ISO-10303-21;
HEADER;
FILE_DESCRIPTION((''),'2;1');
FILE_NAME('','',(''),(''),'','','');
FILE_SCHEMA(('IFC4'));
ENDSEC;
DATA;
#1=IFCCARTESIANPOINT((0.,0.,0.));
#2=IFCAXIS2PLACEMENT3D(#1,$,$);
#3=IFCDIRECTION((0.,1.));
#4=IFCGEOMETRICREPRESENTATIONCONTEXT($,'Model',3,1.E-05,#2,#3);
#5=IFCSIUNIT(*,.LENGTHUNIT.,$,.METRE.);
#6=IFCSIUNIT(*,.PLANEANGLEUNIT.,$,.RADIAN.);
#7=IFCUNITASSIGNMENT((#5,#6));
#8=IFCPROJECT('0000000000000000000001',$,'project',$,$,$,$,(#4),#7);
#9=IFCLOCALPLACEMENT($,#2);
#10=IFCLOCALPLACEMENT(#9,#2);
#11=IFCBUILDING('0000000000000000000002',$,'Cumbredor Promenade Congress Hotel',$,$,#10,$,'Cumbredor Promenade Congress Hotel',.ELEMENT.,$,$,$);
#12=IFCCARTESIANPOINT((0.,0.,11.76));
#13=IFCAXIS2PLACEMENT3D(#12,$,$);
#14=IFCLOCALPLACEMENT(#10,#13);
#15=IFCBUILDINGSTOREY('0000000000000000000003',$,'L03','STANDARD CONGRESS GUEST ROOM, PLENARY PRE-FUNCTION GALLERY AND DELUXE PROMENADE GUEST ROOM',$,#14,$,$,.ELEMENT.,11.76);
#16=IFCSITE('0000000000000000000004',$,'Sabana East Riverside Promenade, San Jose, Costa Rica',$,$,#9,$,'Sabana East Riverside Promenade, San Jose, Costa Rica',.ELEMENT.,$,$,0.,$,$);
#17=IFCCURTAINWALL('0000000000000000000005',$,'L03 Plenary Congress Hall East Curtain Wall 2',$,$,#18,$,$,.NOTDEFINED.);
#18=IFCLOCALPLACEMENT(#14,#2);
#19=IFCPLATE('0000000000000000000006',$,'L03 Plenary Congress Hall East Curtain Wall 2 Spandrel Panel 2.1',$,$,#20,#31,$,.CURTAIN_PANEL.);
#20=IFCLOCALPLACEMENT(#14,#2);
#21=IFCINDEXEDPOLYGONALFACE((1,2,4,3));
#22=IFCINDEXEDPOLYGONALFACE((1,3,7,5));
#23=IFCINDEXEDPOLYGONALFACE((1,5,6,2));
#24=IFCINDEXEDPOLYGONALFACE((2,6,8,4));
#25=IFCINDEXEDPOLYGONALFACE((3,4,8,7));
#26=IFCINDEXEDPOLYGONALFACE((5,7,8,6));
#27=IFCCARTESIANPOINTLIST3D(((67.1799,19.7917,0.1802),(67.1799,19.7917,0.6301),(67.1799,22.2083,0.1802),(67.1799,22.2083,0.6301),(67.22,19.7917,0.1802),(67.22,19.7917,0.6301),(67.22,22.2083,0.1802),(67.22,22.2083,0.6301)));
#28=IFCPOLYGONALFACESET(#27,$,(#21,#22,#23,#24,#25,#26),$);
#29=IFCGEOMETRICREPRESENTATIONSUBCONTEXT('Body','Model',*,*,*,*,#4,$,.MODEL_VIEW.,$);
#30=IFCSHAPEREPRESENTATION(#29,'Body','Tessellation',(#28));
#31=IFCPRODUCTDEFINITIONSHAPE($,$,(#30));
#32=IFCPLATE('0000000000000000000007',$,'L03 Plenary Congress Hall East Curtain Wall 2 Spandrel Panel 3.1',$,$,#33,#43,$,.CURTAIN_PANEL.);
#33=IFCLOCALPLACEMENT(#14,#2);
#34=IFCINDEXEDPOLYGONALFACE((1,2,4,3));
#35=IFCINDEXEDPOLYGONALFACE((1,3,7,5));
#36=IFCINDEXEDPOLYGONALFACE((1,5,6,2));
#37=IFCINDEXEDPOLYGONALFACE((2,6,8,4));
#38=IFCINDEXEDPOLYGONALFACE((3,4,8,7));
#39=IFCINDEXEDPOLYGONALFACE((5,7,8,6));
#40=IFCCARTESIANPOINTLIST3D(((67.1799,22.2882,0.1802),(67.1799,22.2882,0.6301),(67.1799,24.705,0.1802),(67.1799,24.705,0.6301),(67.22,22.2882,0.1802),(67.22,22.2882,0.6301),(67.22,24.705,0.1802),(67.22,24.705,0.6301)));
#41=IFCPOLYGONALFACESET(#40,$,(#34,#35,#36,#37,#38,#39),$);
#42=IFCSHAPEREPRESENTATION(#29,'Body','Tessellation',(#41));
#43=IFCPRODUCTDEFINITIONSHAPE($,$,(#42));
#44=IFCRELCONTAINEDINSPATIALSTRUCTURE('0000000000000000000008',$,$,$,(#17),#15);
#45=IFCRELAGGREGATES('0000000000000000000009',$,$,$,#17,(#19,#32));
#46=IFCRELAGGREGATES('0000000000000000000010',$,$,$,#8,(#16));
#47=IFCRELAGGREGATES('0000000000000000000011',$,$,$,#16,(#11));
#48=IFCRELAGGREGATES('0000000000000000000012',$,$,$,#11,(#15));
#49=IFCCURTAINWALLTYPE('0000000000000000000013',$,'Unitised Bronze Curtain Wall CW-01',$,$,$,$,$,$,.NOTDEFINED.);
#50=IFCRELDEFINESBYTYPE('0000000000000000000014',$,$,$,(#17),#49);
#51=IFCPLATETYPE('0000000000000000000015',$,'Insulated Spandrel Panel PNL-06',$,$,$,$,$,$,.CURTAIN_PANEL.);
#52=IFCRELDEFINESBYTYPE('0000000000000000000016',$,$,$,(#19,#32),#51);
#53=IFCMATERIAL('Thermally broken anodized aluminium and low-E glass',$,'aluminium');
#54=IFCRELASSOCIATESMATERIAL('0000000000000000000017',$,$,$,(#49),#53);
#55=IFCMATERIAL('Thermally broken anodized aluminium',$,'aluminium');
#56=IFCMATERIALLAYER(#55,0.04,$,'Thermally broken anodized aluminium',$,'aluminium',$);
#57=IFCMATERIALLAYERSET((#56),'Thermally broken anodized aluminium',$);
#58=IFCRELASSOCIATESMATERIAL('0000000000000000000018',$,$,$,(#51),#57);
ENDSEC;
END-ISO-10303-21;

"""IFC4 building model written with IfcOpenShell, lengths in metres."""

from ifc_helpers import new_model, si_unit, direction, frame, origin, origin_2d, place, context, subcontext, project, spatial, rectangle, extrude, material, layer, layer_set, type_object, element, aggregate, save


model = new_model("IFC4")

# Units and contexts
model_context = context("Model", 3, precision=1e-05, world=origin(), true_north=direction((0.0, 1.0)))
body_context = subcontext(model_context, "Body", "Model", "MODEL_VIEW")
ifc_project = project(units=[si_unit("LENGTHUNIT", "METRE"), si_unit("PLANEANGLEUNIT", "RADIAN")], contexts=[model_context])

# Site, building, storey
site_placement = place(None, origin())
site = spatial("IfcSite", under=ifc_project, at=site_placement, Name="Sabana East Riverside Promenade, San Jose, Costa Rica", LongName="Sabana East Riverside Promenade, San Jose, Costa Rica", CompositionType="ELEMENT", RefElevation=0.0)
building_placement = place(site_placement, origin())
building = spatial("IfcBuilding", under=site, at=building_placement, Name="Cumbredor Promenade Congress Hotel", LongName="Cumbredor Promenade Congress Hotel", CompositionType="ELEMENT")
storey_placement = place(building_placement, frame((0.0, 0.0, 11.76)))
storey = spatial("IfcBuildingStorey", under=building, at=storey_placement, Name="L03", Description="STANDARD CONGRESS GUEST ROOM, PLENARY PRE-FUNCTION GALLERY AND DELUXE PROMENADE GUEST ROOM", CompositionType="ELEMENT", Elevation=11.76)

# Curtain wall
ifc_material_1 = material(Name="Thermally broken anodized aluminium and low-E glass", Category="aluminium")
curtain_wall_type = type_object("IfcCurtainWallType", Name="Unitised Bronze Curtain Wall CW-01", PredefinedType="NOTDEFINED", material=ifc_material_1)
ifc_material_2 = material(Name="Thermally broken anodized aluminium", Category="aluminium")
curtain_wall_1_placement = place(storey_placement, origin())
curtain_wall_1 = element("IfcCurtainWall", 1, at=curtain_wall_1_placement, inside=storey, type_object=curtain_wall_type, Name="L03 Plenary Congress Hall East Curtain Wall 2", PredefinedType="NOTDEFINED")

# Plates
ifc_layer_1 = layer(ifc_material_2, 0.04, Name="Thermally broken anodized aluminium", Category="aluminium")
ifc_layer_set_1 = layer_set([ifc_layer_1], Name="Thermally broken anodized aluminium")
plate_type_1 = type_object("IfcPlateType", Name="Insulated Spandrel Panel PNL-06", PredefinedType="CURTAIN_PANEL", material=ifc_layer_set_1)
plate_1_placement = place(storey_placement, frame((67.2, 21.0, 0.1802), z_axis=(0.0, 0.0, 1.0), x_axis=(0.0, 1.0, 0.0)))
plate_1 = element("IfcPlate", 2, at=plate_1_placement, type_object=plate_type_1, Name="L03 Plenary Congress Hall East Curtain Wall 2 Spandrel Panel 2.1", PredefinedType="CURTAIN_PANEL", context=body_context, shape_type="SweptSolid", body=[
    extrude(rectangle(XDim=2.4165, YDim=0.04, at=origin_2d()), origin(), (0.0, 0.0, 1.0), 0.45),
])
plate_2_placement = place(storey_placement, frame((67.2, 23.4966, 0.1802), z_axis=(0.0, 0.0, 1.0), x_axis=(0.0, 1.0, 0.0)))
plate_2 = element("IfcPlate", 3, at=plate_2_placement, type_object=plate_type_1, Name="L03 Plenary Congress Hall East Curtain Wall 2 Spandrel Panel 3.1", PredefinedType="CURTAIN_PANEL", context=body_context, shape_type="SweptSolid", body=[
    extrude(rectangle(XDim=2.4167, YDim=0.04, at=origin_2d()), origin(), (0.0, 0.0, 1.0), 0.45),
])
aggregate(curtain_wall_1, [plate_1, plate_2])

save(model, "model.ifc")
